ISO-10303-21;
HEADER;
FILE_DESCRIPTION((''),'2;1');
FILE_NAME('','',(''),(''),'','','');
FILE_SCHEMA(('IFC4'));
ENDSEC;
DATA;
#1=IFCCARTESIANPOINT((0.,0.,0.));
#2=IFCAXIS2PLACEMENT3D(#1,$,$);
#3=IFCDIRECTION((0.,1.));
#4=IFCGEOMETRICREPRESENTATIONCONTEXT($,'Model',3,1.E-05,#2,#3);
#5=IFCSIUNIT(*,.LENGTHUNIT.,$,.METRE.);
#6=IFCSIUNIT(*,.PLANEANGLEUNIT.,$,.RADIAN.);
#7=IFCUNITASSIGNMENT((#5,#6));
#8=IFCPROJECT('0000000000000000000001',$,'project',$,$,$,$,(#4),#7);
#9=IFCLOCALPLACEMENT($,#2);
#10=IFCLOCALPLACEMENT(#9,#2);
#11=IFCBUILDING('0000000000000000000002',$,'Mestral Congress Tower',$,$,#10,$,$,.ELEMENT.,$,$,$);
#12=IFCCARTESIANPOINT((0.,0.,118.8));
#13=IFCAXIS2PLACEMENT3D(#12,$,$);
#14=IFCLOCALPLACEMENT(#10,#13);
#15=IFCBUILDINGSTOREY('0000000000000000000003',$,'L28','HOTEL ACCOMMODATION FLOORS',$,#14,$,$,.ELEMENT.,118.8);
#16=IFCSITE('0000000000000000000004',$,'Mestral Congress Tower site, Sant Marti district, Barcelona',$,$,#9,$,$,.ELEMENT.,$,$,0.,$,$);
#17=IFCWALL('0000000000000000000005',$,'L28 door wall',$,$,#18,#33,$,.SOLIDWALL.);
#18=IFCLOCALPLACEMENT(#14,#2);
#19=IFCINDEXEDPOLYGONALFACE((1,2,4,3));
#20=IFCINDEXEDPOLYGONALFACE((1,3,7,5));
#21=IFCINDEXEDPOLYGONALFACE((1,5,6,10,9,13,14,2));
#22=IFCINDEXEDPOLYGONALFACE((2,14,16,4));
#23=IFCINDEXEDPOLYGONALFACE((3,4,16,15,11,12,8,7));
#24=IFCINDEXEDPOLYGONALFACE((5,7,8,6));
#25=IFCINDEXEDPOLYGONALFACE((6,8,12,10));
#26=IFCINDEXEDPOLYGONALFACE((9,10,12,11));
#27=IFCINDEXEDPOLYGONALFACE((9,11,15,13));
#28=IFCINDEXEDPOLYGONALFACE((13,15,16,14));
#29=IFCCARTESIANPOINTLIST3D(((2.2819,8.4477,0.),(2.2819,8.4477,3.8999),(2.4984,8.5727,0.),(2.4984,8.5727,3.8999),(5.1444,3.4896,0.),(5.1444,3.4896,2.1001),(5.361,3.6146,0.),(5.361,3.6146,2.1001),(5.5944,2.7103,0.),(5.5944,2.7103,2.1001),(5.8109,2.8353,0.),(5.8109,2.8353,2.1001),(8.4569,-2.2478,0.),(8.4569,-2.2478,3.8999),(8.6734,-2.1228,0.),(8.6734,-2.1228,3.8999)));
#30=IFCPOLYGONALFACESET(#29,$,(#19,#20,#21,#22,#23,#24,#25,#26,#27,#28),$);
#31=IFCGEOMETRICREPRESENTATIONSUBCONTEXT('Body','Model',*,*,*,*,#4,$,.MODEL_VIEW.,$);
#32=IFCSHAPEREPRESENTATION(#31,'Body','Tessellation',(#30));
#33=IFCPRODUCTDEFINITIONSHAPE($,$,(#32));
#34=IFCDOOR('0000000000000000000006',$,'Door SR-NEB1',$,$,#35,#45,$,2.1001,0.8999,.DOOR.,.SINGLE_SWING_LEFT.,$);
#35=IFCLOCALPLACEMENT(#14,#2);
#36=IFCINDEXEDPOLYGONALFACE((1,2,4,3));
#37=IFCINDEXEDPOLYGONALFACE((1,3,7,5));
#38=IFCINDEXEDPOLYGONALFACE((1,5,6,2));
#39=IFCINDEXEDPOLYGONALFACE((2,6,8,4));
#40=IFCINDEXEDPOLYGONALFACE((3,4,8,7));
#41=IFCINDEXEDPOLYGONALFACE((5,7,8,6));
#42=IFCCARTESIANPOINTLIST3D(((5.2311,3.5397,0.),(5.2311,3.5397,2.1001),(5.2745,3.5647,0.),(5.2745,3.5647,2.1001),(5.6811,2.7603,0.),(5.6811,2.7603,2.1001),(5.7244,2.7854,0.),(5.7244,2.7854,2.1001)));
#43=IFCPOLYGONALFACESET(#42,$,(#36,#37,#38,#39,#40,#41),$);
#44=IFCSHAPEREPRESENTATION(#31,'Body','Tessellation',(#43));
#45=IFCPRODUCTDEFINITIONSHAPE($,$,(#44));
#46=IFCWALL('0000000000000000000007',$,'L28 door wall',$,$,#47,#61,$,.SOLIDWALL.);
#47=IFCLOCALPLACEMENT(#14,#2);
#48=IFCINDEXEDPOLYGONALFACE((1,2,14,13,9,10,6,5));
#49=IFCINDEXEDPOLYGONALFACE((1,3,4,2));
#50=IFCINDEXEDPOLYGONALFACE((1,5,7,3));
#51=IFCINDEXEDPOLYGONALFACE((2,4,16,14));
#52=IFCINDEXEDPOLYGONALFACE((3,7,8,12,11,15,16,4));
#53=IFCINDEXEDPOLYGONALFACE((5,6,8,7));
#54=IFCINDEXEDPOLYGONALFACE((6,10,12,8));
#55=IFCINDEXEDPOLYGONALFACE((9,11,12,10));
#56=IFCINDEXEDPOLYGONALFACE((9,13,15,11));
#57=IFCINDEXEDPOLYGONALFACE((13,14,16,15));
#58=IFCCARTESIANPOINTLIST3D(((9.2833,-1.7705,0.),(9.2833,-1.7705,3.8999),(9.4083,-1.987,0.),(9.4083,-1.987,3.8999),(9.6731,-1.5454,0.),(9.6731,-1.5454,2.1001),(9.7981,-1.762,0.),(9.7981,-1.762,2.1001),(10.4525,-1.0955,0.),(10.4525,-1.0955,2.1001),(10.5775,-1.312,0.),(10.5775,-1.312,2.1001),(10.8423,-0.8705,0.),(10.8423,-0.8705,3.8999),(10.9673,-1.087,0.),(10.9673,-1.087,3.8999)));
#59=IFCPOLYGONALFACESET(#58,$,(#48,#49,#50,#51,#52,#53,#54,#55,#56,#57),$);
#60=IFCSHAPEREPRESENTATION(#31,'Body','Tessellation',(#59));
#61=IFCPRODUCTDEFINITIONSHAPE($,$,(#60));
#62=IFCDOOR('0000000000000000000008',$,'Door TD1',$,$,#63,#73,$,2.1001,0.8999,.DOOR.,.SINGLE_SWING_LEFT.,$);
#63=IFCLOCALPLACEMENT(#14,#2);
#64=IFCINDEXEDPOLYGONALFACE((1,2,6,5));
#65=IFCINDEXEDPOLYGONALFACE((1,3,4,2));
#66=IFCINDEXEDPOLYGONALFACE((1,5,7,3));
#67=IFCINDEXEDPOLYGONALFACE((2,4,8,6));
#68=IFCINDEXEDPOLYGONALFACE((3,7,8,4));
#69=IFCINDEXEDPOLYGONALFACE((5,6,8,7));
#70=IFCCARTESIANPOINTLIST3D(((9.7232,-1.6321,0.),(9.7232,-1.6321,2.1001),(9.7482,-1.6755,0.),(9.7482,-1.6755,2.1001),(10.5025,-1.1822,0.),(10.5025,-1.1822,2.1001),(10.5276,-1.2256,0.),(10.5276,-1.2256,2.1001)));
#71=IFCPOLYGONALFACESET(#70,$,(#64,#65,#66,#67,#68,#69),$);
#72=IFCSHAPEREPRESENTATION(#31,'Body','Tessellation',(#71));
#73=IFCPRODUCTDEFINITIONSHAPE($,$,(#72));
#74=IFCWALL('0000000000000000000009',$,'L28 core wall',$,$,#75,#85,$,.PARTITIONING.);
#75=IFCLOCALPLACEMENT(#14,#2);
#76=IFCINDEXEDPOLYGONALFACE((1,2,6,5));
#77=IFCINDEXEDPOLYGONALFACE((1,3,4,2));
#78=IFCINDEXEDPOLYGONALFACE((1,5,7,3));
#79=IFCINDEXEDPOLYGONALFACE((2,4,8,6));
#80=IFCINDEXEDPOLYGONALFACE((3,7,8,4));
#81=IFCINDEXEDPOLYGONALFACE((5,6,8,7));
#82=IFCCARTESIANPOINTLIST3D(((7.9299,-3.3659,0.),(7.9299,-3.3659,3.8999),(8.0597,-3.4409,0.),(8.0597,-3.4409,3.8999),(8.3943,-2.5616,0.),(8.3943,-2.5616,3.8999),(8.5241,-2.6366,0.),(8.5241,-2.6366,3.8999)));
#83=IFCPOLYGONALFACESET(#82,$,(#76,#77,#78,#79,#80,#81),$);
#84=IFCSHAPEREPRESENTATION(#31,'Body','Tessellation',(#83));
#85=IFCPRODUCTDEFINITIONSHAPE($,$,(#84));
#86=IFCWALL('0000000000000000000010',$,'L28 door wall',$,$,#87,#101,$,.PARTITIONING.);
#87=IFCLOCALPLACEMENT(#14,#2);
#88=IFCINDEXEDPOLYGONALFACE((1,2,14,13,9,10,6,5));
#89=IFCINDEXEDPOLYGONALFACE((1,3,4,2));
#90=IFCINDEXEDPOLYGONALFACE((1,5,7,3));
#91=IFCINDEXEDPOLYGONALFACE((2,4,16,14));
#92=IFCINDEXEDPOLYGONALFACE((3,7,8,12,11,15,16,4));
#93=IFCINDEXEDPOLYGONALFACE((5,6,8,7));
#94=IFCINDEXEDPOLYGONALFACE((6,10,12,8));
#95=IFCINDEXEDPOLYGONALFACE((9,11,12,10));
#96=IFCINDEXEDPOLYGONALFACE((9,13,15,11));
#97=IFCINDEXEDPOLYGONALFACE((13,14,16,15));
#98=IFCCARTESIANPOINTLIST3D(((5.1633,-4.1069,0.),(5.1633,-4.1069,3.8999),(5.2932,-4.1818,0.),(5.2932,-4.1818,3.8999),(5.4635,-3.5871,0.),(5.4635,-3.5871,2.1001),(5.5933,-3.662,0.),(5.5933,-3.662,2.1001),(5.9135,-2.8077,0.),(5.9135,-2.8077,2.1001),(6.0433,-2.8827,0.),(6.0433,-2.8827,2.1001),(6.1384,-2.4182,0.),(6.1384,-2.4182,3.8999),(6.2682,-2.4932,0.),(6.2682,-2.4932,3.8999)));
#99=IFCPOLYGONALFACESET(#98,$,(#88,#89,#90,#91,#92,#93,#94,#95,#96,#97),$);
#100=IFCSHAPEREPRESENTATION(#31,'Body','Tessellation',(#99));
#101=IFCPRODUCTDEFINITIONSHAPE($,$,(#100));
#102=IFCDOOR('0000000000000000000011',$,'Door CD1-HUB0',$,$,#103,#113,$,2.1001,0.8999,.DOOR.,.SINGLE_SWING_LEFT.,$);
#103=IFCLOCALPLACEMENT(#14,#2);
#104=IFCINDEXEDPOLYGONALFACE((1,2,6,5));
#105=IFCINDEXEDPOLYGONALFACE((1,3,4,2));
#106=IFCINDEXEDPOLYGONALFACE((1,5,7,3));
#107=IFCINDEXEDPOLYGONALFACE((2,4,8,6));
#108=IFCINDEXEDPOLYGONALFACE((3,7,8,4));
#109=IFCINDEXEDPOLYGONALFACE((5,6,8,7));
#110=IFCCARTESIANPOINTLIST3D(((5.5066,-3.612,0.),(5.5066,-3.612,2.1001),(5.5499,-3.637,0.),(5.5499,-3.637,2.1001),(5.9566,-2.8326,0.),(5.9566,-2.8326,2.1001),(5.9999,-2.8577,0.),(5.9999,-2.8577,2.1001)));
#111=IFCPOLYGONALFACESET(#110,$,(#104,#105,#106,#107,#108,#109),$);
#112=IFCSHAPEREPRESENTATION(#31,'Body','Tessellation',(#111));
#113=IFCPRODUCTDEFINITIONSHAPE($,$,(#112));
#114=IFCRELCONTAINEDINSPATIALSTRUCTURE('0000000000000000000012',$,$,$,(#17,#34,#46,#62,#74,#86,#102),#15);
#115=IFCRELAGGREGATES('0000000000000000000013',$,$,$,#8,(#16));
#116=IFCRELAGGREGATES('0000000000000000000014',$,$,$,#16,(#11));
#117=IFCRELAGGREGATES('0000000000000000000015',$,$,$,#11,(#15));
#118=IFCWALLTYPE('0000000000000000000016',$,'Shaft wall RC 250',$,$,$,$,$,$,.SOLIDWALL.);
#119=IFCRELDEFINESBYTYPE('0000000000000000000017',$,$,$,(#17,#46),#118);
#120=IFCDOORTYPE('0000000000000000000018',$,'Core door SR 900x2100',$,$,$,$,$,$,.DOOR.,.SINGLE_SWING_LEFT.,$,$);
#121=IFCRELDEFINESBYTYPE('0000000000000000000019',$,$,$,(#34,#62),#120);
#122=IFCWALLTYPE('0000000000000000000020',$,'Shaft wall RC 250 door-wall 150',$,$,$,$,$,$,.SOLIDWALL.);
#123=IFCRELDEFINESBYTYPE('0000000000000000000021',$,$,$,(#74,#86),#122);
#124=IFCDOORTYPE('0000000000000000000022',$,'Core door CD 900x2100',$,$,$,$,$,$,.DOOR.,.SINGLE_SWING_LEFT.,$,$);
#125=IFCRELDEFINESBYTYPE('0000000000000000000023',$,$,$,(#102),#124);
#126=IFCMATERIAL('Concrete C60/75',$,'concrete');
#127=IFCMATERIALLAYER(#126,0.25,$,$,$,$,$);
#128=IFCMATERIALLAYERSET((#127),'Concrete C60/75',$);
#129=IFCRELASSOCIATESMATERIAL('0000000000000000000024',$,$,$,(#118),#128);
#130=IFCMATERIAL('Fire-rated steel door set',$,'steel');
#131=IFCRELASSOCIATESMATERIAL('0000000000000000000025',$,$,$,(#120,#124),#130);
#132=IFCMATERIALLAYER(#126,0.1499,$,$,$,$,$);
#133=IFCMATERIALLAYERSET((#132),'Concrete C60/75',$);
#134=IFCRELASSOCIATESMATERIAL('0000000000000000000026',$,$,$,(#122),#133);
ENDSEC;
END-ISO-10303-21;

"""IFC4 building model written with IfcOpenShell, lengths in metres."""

from ifc_helpers import new_model, si_unit, direction, frame, frame_2d, origin, place, context, subcontext, project, spatial, rectangle, extrude, material, layer, layer_set, type_object, element, fill, save


model = new_model("IFC4")

# Units and contexts
model_context = context("Model", 3, precision=1e-05, world=origin(), true_north=direction((0.0, 1.0)))
body_context = subcontext(model_context, "Body", "Model", "MODEL_VIEW")
ifc_project = project(units=[si_unit("LENGTHUNIT", "METRE"), si_unit("PLANEANGLEUNIT", "RADIAN")], contexts=[model_context])

# Site, building, storey
site_placement = place(None, origin())
site = spatial("IfcSite", under=ifc_project, at=site_placement, Name="Mestral Congress Tower site, Sant Marti district, Barcelona", CompositionType="ELEMENT", RefElevation=0.0)
building_placement = place(site_placement, origin())
building = spatial("IfcBuilding", under=site, at=building_placement, Name="Mestral Congress Tower", CompositionType="ELEMENT")
storey_placement = place(building_placement, frame((0.0, 0.0, 118.8)))
storey = spatial("IfcBuildingStorey", under=building, at=storey_placement, Name="L28", Description="HOTEL ACCOMMODATION FLOORS", CompositionType="ELEMENT", Elevation=118.8)

# Shared definitions
ifc_material_1 = material(Name="Concrete C60/75", Category="concrete")
ifc_layer_1 = layer(ifc_material_1, 0.25)
ifc_layer_set_1 = layer_set([ifc_layer_1], Name="Concrete C60/75")
wall_type_1 = type_object("IfcWallType", Name="Shaft wall RC 250", PredefinedType="SOLIDWALL", material=ifc_layer_set_1)

# Shared definitions
ifc_material_2 = material(Name="Fire-rated steel door set", Category="steel")

# Walls, openings, doors
wall_1_placement = place(storey_placement, frame((8.5652, -2.1853, 0.0), z_axis=(0.0, 0.0, 1.0), x_axis=(-0.499998, 0.866027, 0.0)))
wall_1 = element("IfcWall", 1, at=wall_1_placement, inside=storey, type_object=wall_type_1, Name="L28 door wall", PredefinedType="SOLIDWALL", context=body_context, shape_type="SweptSolid", body=[
    extrude(rectangle(XDim=12.3501, YDim=0.25, at=frame_2d((6.175, 0.0))), origin(), (0.0, 0.0, 1.0), 3.8999),
])
opening_1_placement = place(wall_1_placement, frame((5.7251, 0.0, 0.0)))
opening_1 = element("IfcOpeningElement", 2, at=opening_1_placement, cuts=wall_1, PredefinedType="OPENING", context=body_context, shape_type="SweptSolid", body=[
    extrude(rectangle(XDim=0.8999, YDim=2.1001, at=frame_2d((0.45, 1.05))), frame((0.0, 0.135, 0.0), z_axis=(0.0, -1.0, 0.0), x_axis=(1.0, 0.0, 0.0)), (0.0, 0.0, 1.0), 0.27),
])
door_type_1 = type_object("IfcDoorType", Name="Core door SR 900x2100", OperationType="SINGLE_SWING_LEFT", PredefinedType="DOOR", material=ifc_material_2)
door_1_placement = place(opening_1_placement, origin())
door_1 = element("IfcDoor", 3, at=door_1_placement, inside=storey, type_object=door_type_1, Name="Door SR-NEB1", OperationType="SINGLE_SWING_LEFT", OverallHeight=2.1001, OverallWidth=0.8999, PredefinedType="DOOR", context=body_context, shape_type="SweptSolid", body=[
    extrude(rectangle(XDim=0.8999, YDim=2.1001, at=frame_2d((0.45, 1.05))), frame((0.0, 0.0249, 0.0), z_axis=(0.0, -1.0, 0.0), x_axis=(1.0, 0.0, 0.0)), (0.0, 0.0, 1.0), 0.05),
])
fill(opening_1, door_1)
wall_2_placement = place(storey_placement, frame((9.3459, -1.8787, 0.0), z_axis=(0.0, 0.0, 1.0), x_axis=(0.866048, 0.499961, 0.0)))
wall_2 = element("IfcWall", 4, at=wall_2_placement, inside=storey, type_object=wall_type_1, Name="L28 door wall", PredefinedType="SOLIDWALL", context=body_context, shape_type="SweptSolid", body=[
    extrude(rectangle(XDim=1.8, YDim=0.25, at=frame_2d((0.8999, 0.0))), origin(), (0.0, 0.0, 1.0), 3.8999),
])
opening_2_placement = place(wall_2_placement, frame((0.45, 0.0, 0.0)))
opening_2 = element("IfcOpeningElement", 5, at=opening_2_placement, cuts=wall_2, PredefinedType="OPENING", context=body_context, shape_type="SweptSolid", body=[
    extrude(rectangle(XDim=0.8999, YDim=2.1001, at=frame_2d((0.45, 1.05))), frame((0.0, 0.135, 0.0), z_axis=(0.0, -1.0, 0.0), x_axis=(1.0, 0.0, 0.0)), (0.0, 0.0, 1.0), 0.27),
])
door_2_placement = place(opening_2_placement, origin())
door_2 = element("IfcDoor", 6, at=door_2_placement, inside=storey, type_object=door_type_1, Name="Door TD1", OperationType="SINGLE_SWING_LEFT", OverallHeight=2.1001, OverallWidth=0.8999, PredefinedType="DOOR", context=body_context, shape_type="SweptSolid", body=[
    extrude(rectangle(XDim=0.8999, YDim=2.1001, at=frame_2d((0.45, 1.05))), frame((0.0, 0.0249, 0.0), z_axis=(0.0, -1.0, 0.0), x_axis=(1.0, 0.0, 0.0)), (0.0, 0.0, 1.0), 0.05),
])
fill(opening_2, door_2)

# Wall
ifc_layer_2 = layer(ifc_material_1, 0.1499)
ifc_layer_set_2 = layer_set([ifc_layer_2], Name="Concrete C60/75")
wall_type_2 = type_object("IfcWallType", Name="Shaft wall RC 250 door-wall 150", PredefinedType="SOLIDWALL", material=ifc_layer_set_2)
wall_3_placement = place(storey_placement, frame((8.4592, -2.5991, 0.0), z_axis=(0.0, 0.0, 1.0), x_axis=(-0.500041, -0.866002, 0.0)))
element("IfcWall", 7, at=wall_3_placement, inside=storey, type_object=wall_type_2, Name="L28 core wall", PredefinedType="PARTITIONING", context=body_context, shape_type="SweptSolid", body=[
    extrude(rectangle(XDim=0.9287, YDim=0.1499, at=frame_2d((0.4644, 0.0))), origin(), (0.0, 0.0, 1.0), 3.8999),
])

# Wall, opening, door
wall_4_placement = place(storey_placement, frame((6.2034, -2.4556, 0.0), z_axis=(0.0, 0.0, 1.0), x_axis=(-0.500044, -0.866, 0.0)))
wall_4 = element("IfcWall", 8, at=wall_4_placement, inside=storey, type_object=wall_type_2, Name="L28 door wall", PredefinedType="PARTITIONING", context=body_context, shape_type="SweptSolid", body=[
    extrude(rectangle(XDim=1.95, YDim=0.1499, at=frame_2d((0.9751, 0.0))), origin(), (0.0, 0.0, 1.0), 3.8999),
])
opening_3_placement = place(wall_4_placement, frame((0.45, 0.0, 0.0)))
opening_3 = element("IfcOpeningElement", 9, at=opening_3_placement, cuts=wall_4, PredefinedType="OPENING", context=body_context, shape_type="SweptSolid", body=[
    extrude(rectangle(XDim=0.8999, YDim=2.1001, at=frame_2d((0.45, 1.05))), frame((0.0, 0.085, 0.0), z_axis=(0.0, -1.0, 0.0), x_axis=(1.0, 0.0, 0.0)), (0.0, 0.0, 1.0), 0.1699),
])
door_type_2 = type_object("IfcDoorType", Name="Core door CD 900x2100", OperationType="SINGLE_SWING_LEFT", PredefinedType="DOOR", material=ifc_material_2)
door_3_placement = place(opening_3_placement, origin())
door_3 = element("IfcDoor", 10, at=door_3_placement, inside=storey, type_object=door_type_2, Name="Door CD1-HUB0", OperationType="SINGLE_SWING_LEFT", OverallHeight=2.1001, OverallWidth=0.8999, PredefinedType="DOOR", context=body_context, shape_type="SweptSolid", body=[
    extrude(rectangle(XDim=0.8999, YDim=2.1001, at=frame_2d((0.45, 1.05))), frame((0.0, 0.0249, 0.0), z_axis=(0.0, -1.0, 0.0), x_axis=(1.0, 0.0, 0.0)), (0.0, 0.0, 1.0), 0.05),
])
fill(opening_3, door_3)

save(model, "model.ifc")
